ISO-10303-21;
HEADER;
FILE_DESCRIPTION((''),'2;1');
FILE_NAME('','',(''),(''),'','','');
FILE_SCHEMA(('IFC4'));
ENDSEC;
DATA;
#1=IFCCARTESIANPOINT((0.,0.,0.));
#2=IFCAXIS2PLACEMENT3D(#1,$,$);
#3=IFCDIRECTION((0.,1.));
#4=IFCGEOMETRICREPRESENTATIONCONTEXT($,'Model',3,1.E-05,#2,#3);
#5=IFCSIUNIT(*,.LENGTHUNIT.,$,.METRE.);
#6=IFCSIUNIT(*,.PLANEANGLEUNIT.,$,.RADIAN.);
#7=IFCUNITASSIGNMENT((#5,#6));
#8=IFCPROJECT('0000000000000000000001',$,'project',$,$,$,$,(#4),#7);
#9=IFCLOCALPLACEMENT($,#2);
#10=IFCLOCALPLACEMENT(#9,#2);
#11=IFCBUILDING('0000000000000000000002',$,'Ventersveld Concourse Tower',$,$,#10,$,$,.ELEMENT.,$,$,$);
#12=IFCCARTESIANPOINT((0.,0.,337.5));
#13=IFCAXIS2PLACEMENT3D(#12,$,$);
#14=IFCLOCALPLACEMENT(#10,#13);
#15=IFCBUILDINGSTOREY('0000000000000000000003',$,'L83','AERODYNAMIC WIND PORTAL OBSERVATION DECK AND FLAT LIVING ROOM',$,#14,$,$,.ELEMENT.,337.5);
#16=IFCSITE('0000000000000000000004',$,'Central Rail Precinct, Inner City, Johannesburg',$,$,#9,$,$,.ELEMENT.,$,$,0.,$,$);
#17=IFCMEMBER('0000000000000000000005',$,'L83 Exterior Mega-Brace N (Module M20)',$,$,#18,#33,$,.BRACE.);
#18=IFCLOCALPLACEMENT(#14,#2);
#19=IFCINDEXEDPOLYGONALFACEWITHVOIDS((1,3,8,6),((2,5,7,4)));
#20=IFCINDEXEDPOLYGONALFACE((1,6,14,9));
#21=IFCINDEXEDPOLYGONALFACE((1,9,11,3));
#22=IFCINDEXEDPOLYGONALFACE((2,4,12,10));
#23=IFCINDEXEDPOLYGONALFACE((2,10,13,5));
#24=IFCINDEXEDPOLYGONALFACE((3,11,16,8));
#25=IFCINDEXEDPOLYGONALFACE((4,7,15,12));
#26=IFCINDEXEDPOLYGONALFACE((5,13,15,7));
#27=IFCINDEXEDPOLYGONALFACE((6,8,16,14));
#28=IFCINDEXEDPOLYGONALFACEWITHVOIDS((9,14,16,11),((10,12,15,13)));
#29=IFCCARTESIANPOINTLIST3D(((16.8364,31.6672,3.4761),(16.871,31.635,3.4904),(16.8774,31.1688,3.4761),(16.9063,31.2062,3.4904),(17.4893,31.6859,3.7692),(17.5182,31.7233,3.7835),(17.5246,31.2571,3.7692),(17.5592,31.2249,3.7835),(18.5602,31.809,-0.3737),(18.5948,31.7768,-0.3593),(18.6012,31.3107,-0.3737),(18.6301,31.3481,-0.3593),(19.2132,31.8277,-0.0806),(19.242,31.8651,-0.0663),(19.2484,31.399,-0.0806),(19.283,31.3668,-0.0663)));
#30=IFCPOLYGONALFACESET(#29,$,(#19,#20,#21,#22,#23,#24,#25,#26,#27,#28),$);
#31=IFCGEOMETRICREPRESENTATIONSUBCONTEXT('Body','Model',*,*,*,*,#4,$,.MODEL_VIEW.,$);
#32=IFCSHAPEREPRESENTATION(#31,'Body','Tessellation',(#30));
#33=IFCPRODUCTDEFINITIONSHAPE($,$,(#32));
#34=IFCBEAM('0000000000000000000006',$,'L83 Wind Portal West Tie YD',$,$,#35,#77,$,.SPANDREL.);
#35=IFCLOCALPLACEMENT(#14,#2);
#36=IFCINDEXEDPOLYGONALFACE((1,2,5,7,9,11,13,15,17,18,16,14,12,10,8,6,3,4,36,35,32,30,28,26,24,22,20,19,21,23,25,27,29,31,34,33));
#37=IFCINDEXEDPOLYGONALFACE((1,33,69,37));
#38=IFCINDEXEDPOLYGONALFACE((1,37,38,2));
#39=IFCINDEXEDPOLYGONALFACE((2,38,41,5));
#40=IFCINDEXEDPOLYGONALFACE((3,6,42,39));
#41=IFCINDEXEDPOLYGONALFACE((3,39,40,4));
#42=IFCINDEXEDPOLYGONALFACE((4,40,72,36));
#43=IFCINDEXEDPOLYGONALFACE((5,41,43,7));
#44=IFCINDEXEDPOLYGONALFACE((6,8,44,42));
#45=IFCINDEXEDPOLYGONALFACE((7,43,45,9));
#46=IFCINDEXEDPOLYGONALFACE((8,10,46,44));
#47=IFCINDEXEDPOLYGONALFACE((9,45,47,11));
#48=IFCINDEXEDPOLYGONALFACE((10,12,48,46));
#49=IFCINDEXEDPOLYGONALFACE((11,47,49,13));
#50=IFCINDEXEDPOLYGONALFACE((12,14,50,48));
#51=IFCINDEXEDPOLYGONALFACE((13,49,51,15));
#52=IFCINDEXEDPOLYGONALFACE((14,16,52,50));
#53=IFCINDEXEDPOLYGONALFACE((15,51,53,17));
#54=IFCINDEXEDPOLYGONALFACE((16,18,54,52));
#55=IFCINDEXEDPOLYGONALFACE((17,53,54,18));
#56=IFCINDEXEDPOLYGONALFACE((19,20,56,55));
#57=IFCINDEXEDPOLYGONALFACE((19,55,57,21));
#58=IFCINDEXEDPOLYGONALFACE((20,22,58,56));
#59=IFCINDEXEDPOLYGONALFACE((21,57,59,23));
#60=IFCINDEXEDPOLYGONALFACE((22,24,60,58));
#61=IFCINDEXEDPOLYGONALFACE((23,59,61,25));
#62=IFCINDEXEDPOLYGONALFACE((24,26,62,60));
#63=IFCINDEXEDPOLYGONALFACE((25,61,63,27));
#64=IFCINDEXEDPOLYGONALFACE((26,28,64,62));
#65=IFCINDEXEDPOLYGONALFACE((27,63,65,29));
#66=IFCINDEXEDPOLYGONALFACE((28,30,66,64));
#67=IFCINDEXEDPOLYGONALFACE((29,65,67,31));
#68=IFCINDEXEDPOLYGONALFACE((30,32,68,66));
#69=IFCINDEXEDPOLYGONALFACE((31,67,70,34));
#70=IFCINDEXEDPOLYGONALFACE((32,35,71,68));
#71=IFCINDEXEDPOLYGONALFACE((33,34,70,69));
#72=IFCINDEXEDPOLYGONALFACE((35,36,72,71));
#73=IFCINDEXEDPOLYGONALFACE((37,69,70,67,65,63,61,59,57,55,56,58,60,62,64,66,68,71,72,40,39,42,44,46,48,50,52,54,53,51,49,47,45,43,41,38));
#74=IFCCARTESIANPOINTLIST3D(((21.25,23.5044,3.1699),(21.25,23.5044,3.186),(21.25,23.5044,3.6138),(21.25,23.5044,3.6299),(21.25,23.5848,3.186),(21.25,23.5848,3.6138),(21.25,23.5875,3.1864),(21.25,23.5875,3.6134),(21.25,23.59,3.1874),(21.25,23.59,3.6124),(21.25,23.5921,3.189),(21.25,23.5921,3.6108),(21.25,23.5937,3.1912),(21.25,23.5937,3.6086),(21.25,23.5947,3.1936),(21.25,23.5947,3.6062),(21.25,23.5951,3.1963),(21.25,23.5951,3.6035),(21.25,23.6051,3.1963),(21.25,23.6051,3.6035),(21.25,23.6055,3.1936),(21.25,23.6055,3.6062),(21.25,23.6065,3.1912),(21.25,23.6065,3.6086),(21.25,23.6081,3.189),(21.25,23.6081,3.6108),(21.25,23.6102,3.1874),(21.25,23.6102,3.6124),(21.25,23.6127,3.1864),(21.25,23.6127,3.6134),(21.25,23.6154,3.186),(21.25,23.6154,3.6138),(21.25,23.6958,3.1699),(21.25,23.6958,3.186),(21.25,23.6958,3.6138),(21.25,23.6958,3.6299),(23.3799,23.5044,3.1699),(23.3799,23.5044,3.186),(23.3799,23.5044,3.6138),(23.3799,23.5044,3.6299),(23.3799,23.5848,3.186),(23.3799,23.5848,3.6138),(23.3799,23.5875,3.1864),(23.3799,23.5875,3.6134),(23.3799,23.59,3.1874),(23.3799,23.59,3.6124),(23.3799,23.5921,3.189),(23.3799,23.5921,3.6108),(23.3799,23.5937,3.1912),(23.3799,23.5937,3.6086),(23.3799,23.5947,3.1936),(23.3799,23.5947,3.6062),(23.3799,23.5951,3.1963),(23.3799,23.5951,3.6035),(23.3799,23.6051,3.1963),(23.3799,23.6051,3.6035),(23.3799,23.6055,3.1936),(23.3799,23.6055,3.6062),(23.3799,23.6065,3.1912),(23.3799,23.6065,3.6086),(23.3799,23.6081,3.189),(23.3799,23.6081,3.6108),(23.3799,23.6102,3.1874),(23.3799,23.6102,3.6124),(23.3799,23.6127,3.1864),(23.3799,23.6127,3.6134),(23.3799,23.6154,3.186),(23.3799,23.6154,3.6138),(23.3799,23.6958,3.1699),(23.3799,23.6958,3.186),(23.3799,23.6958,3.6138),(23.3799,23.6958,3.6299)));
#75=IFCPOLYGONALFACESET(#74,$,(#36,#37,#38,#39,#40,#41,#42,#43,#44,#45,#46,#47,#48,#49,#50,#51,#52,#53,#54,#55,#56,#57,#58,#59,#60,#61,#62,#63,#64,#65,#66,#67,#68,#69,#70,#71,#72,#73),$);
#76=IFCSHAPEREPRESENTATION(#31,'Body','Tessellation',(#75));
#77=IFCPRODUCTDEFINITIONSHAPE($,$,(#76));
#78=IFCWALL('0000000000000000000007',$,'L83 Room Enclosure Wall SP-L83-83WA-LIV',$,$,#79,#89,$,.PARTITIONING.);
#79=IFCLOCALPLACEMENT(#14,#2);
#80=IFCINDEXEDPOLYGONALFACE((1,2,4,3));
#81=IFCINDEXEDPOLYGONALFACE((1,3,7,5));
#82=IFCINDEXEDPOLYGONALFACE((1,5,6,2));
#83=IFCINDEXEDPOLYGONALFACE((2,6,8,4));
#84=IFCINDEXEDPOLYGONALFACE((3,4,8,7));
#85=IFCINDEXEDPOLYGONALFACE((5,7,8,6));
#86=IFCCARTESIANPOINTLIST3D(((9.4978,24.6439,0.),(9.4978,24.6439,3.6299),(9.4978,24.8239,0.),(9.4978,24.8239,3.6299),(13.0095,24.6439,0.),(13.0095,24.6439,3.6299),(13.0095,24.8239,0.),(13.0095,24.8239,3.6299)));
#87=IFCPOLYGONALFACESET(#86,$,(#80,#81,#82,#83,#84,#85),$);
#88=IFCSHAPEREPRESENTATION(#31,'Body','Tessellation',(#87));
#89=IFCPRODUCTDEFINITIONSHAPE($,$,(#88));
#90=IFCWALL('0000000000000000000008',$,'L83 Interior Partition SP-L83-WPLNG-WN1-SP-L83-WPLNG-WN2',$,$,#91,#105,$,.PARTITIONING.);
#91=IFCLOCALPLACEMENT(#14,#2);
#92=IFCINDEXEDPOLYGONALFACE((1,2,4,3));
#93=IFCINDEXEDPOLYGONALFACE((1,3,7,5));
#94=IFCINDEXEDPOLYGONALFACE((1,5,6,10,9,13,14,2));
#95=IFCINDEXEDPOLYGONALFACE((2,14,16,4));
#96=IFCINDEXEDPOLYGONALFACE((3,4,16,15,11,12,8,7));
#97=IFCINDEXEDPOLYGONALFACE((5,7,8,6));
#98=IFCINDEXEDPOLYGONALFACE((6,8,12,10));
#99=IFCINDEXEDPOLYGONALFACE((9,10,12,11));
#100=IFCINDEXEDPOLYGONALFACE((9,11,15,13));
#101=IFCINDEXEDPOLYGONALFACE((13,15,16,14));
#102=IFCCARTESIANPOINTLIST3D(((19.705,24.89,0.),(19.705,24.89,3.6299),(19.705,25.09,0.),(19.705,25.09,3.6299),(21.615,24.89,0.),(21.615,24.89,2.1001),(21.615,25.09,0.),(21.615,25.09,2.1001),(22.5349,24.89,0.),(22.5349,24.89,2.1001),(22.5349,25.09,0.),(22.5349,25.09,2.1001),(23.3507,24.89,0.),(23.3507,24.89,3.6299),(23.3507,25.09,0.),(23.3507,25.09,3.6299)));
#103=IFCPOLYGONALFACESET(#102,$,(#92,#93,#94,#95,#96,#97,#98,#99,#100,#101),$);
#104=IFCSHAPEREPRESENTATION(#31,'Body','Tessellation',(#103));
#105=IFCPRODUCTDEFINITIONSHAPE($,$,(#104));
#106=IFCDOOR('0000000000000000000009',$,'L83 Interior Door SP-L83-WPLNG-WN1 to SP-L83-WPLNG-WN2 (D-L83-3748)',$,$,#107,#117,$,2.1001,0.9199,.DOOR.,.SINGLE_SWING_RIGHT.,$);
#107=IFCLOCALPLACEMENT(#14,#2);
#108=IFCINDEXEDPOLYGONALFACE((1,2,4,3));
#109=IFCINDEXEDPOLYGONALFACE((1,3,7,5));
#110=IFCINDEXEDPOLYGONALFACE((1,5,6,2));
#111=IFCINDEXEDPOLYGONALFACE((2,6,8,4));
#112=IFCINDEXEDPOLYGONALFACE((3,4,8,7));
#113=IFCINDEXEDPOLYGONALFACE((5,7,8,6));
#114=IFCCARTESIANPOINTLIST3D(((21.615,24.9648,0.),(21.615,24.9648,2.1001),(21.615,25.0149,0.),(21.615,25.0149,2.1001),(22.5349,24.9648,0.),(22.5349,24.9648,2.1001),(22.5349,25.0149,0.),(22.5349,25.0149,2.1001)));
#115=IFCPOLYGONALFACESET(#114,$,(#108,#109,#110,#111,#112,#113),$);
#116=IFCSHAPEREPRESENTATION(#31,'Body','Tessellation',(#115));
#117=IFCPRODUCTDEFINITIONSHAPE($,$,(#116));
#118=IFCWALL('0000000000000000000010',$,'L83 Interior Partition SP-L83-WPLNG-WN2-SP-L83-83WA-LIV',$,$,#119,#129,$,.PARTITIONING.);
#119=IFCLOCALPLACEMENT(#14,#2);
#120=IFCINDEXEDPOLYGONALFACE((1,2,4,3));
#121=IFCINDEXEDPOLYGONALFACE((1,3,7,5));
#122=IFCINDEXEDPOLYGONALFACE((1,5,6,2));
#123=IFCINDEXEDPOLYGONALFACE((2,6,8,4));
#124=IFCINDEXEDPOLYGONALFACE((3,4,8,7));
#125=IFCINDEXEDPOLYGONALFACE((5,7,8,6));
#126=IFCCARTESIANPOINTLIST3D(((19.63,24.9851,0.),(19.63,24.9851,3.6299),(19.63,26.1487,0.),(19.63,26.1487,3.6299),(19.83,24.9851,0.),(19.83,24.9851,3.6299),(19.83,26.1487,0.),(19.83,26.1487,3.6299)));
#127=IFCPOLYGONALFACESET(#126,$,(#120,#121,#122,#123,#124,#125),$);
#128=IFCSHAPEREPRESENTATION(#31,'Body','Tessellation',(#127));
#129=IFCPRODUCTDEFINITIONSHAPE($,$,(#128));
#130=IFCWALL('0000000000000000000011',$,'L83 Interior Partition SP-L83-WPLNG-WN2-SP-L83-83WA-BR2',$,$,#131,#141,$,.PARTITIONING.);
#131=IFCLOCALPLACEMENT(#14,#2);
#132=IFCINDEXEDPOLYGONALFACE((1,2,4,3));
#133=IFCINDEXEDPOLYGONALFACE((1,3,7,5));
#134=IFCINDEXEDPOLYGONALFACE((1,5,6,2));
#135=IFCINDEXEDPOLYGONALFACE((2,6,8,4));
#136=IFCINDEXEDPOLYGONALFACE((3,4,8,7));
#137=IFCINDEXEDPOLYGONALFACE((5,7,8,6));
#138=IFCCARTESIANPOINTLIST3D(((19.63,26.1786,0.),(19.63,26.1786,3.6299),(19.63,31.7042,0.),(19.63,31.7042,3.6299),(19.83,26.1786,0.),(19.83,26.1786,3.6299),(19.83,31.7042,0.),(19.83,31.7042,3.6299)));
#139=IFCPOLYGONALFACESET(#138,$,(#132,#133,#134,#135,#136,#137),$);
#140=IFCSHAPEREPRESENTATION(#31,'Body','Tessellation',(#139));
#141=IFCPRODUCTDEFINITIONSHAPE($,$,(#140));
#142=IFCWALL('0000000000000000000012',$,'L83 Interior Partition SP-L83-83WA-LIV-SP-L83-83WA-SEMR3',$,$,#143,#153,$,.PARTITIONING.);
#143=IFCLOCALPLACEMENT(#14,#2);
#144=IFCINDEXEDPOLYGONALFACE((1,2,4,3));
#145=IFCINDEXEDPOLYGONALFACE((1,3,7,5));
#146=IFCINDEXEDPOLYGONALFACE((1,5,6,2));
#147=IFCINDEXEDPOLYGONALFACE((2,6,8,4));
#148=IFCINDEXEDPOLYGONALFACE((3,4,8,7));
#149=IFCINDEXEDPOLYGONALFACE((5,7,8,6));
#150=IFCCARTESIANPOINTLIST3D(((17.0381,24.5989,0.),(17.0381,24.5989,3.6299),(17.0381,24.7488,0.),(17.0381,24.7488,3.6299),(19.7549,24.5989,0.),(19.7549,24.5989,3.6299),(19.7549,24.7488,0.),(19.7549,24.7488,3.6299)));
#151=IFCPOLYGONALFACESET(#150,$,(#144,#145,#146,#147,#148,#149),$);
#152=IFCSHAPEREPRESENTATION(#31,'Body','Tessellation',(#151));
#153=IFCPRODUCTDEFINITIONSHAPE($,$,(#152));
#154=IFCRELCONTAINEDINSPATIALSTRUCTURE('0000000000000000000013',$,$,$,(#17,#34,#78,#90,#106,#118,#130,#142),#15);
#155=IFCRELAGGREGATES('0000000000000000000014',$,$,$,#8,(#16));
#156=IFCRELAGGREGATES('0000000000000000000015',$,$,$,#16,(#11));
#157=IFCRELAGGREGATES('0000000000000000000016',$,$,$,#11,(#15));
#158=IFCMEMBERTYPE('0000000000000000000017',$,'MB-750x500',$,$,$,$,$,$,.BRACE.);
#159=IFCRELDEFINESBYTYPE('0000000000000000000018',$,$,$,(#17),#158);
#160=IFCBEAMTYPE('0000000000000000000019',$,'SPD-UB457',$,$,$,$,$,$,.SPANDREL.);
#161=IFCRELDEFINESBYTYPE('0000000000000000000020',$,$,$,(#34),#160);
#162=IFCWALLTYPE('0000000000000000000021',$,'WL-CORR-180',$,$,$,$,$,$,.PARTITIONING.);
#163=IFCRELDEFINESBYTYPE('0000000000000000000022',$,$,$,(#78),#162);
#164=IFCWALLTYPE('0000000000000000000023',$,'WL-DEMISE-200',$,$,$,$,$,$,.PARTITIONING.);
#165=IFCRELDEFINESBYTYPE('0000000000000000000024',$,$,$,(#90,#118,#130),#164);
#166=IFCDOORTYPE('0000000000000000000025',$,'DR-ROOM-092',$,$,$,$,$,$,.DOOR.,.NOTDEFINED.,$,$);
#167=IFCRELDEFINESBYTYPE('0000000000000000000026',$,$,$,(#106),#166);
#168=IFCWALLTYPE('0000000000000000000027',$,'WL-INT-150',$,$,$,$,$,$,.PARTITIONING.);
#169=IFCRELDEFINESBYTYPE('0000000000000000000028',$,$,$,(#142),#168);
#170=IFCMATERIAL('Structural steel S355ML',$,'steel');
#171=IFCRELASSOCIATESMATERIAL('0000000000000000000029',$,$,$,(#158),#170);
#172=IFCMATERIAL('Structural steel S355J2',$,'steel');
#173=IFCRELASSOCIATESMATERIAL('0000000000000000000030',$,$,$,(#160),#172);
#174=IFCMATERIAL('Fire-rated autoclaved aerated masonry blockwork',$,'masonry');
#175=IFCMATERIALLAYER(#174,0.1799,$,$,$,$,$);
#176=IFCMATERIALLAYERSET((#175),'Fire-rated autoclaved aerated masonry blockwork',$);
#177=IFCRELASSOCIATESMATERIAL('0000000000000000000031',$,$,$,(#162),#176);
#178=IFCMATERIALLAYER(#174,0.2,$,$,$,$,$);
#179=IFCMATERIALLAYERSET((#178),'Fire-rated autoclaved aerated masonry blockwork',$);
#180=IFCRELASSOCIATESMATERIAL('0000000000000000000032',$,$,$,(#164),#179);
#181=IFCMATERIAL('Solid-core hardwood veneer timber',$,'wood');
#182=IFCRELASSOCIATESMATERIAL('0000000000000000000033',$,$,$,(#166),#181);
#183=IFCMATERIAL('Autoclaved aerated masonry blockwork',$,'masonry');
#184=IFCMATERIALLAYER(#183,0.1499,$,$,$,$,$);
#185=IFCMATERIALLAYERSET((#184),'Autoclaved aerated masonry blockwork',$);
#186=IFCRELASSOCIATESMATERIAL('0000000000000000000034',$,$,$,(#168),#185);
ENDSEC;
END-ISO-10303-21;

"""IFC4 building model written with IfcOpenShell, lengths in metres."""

from ifc_helpers import new_model, si_unit, direction, frame, frame_2d, origin, origin_2d, place, context, subcontext, project, spatial, rectangle, hollow_rectangle, i_section, extrude, material, layer, layer_set, material_profile, profile_set, type_object, element, fill, save


model = new_model("IFC4")

# Units and contexts
model_context = context("Model", 3, precision=1e-05, world=origin(), true_north=direction((0.0, 1.0)))
body_context = subcontext(model_context, "Body", "Model", "MODEL_VIEW")
ifc_project = project(units=[si_unit("LENGTHUNIT", "METRE"), si_unit("PLANEANGLEUNIT", "RADIAN")], contexts=[model_context])

# Site, building, storey
site_placement = place(None, origin())
site = spatial("IfcSite", under=ifc_project, at=site_placement, Name="Central Rail Precinct, Inner City, Johannesburg", CompositionType="ELEMENT", RefElevation=0.0)
building_placement = place(site_placement, origin())
building = spatial("IfcBuilding", under=site, at=building_placement, Name="Ventersveld Concourse Tower", CompositionType="ELEMENT")
storey_placement = place(building_placement, frame((0.0, 0.0, 337.5)))
storey = spatial("IfcBuildingStorey", under=building, at=storey_placement, Name="L83", Description="AERODYNAMIC WIND PORTAL OBSERVATION DECK AND FLAT LIVING ROOM", CompositionType="ELEMENT", Elevation=337.5)

# Shared definitions
ifc_material_1 = material(Name="Structural steel S355J2", Category="steel")

# Member
ifc_material_2 = material(Name="Structural steel S355ML", Category="steel")
ifc_material_profile_1 = material_profile(ifc_material_2, hollow_rectangle(XDim=0.5, YDim=0.75, WallThickness=0.0349, at=origin_2d()), Name="BOX 750x500x35")
ifc_profile_set_1 = profile_set([ifc_material_profile_1], Name="Structural steel S355ML")
member_type = type_object("IfcMemberType", Name="MB-750x500", PredefinedType="BRACE", material=ifc_profile_set_1)
member_placement = place(storey_placement, frame((18.9216, 31.5879, -0.22), z_axis=(-0.408446, -0.033608, 0.912164), x_axis=(0.082006, -0.996632, 0.0)))
element("IfcMember", 1, at=member_placement, inside=storey, type_object=member_type, Name="L83 Exterior Mega-Brace N (Module M20)", PredefinedType="BRACE", context=body_context, shape_type="SweptSolid", body=[
    extrude(hollow_rectangle(XDim=0.5, YDim=0.75, WallThickness=0.0349, at=origin_2d()), origin(), (0.0, 0.0, 1.0), 4.2205),
])

# Beam
ifc_material_profile_2 = material_profile(ifc_material_1, i_section(OverallWidth=0.1914, OverallDepth=0.46, WebThickness=0.01, FlangeThickness=0.0161, FilletRadius=0.0103, at=origin_2d()), Name="UB 457x191x82")
ifc_profile_set_2 = profile_set([ifc_material_profile_2], Name="Structural steel S355J2")
beam_type_1 = type_object("IfcBeamType", Name="SPD-UB457", PredefinedType="SPANDREL", material=ifc_profile_set_2)
beam_1_placement = place(storey_placement, frame((21.25, 23.6001, 3.3999), z_axis=(1.0, 0.0, 0.0), x_axis=(0.0, 1.0, 0.0)))
element("IfcBeam", 2, at=beam_1_placement, inside=storey, type_object=beam_type_1, Name="L83 Wind Portal West Tie YD", PredefinedType="SPANDREL", context=body_context, shape_type="SweptSolid", body=[
    extrude(i_section(OverallWidth=0.1914, OverallDepth=0.46, WebThickness=0.01, FlangeThickness=0.0161, FilletRadius=0.0103, at=origin_2d()), origin(), (0.0, 0.0, 1.0), 2.1299),
])

# Wall
ifc_material_3 = material(Name="Fire-rated autoclaved aerated masonry blockwork", Category="masonry")
ifc_layer_1 = layer(ifc_material_3, 0.1799)
ifc_layer_set_1 = layer_set([ifc_layer_1], Name="Fire-rated autoclaved aerated masonry blockwork")
wall_type_1 = type_object("IfcWallType", Name="WL-CORR-180", PredefinedType="PARTITIONING", material=ifc_layer_set_1)
wall_1_placement = place(storey_placement, frame((13.0095, 24.7339, 0.0), z_axis=(0.0, 0.0, 1.0), x_axis=(-1.0, 0.0, 0.0)))
element("IfcWall", 3, at=wall_1_placement, inside=storey, type_object=wall_type_1, Name="L83 Room Enclosure Wall SP-L83-83WA-LIV", PredefinedType="PARTITIONING", context=body_context, shape_type="SweptSolid", body=[
    extrude(rectangle(XDim=3.5117, YDim=0.1799, at=frame_2d((1.7559, 0.0))), origin(), (0.0, 0.0, 1.0), 3.6299),
])

# Wall, opening, door
ifc_layer_2 = layer(ifc_material_3, 0.2)
ifc_layer_set_2 = layer_set([ifc_layer_2], Name="Fire-rated autoclaved aerated masonry blockwork")
wall_type_2 = type_object("IfcWallType", Name="WL-DEMISE-200", PredefinedType="PARTITIONING", material=ifc_layer_set_2)
wall_2_placement = place(storey_placement, frame((19.7051, 24.99, 0.0), z_axis=(0.0, 0.0, 1.0), x_axis=(1.0, 0.0, 0.0)))
wall_2 = element("IfcWall", 4, at=wall_2_placement, inside=storey, type_object=wall_type_2, Name="L83 Interior Partition SP-L83-WPLNG-WN1-SP-L83-WPLNG-WN2", PredefinedType="PARTITIONING", context=body_context, shape_type="SweptSolid", body=[
    extrude(rectangle(XDim=3.6458, YDim=0.2, at=frame_2d((1.8228, 0.0))), origin(), (0.0, 0.0, 1.0), 3.6299),
])
opening_1_placement = place(wall_2_placement, frame((1.9099, 0.0, 0.0)))
opening_1 = element("IfcOpeningElement", 5, at=opening_1_placement, cuts=wall_2, PredefinedType="OPENING", context=body_context, shape_type="SweptSolid", body=[
    extrude(rectangle(XDim=0.9199, YDim=2.1001, at=frame_2d((0.46, 1.05))), frame((0.0, 0.1099, 0.0), z_axis=(0.0, -1.0, 0.0), x_axis=(1.0, 0.0, 0.0)), (0.0, 0.0, 1.0), 0.22),
])
ifc_material_4 = material(Name="Solid-core hardwood veneer timber", Category="wood")
door_type = type_object("IfcDoorType", Name="DR-ROOM-092", OperationType="NOTDEFINED", PredefinedType="DOOR", material=ifc_material_4)
door_1_placement = place(opening_1_placement, origin())
door_1 = element("IfcDoor", 6, at=door_1_placement, inside=storey, type_object=door_type, Name="L83 Interior Door SP-L83-WPLNG-WN1 to SP-L83-WPLNG-WN2 (D-L83-3748)", OperationType="SINGLE_SWING_RIGHT", OverallHeight=2.1001, OverallWidth=0.9199, PredefinedType="DOOR", context=body_context, shape_type="SweptSolid", body=[
    extrude(rectangle(XDim=0.9199, YDim=2.1001, at=frame_2d((0.46, 1.05))), frame((0.0, 0.0249, 0.0), z_axis=(0.0, -1.0, 0.0), x_axis=(1.0, 0.0, 0.0)), (0.0, 0.0, 1.0), 0.05),
])
fill(opening_1, door_1)

# Walls
wall_3_placement = place(storey_placement, frame((19.73, 24.9851, 0.0), z_axis=(0.0, 0.0, 1.0), x_axis=(0.0, 1.0, 0.0)))
element("IfcWall", 7, at=wall_3_placement, inside=storey, type_object=wall_type_2, Name="L83 Interior Partition SP-L83-WPLNG-WN2-SP-L83-83WA-LIV", PredefinedType="PARTITIONING", context=body_context, shape_type="SweptSolid", body=[
    extrude(rectangle(XDim=1.1636, YDim=0.2, at=frame_2d((0.5818, 0.0))), origin(), (0.0, 0.0, 1.0), 3.6299),
])
wall_4_placement = place(storey_placement, frame((19.73, 26.1787, 0.0), z_axis=(0.0, 0.0, 1.0), x_axis=(0.0, 1.0, 0.0)))
element("IfcWall", 8, at=wall_4_placement, inside=storey, type_object=wall_type_2, Name="L83 Interior Partition SP-L83-WPLNG-WN2-SP-L83-83WA-BR2", PredefinedType="PARTITIONING", context=body_context, shape_type="SweptSolid", body=[
    extrude(rectangle(XDim=5.5256, YDim=0.2, at=frame_2d((2.7627, 0.0))), origin(), (0.0, 0.0, 1.0), 3.6299),
])
ifc_material_5 = material(Name="Autoclaved aerated masonry blockwork", Category="masonry")
ifc_layer_3 = layer(ifc_material_5, 0.1499)
ifc_layer_set_3 = layer_set([ifc_layer_3], Name="Autoclaved aerated masonry blockwork")
wall_type_3 = type_object("IfcWallType", Name="WL-INT-150", PredefinedType="PARTITIONING", material=ifc_layer_set_3)
wall_5_placement = place(storey_placement, frame((17.0381, 24.6738, 0.0), z_axis=(0.0, 0.0, 1.0), x_axis=(1.0, 0.0, 0.0)))
element("IfcWall", 9, at=wall_5_placement, inside=storey, type_object=wall_type_3, Name="L83 Interior Partition SP-L83-83WA-LIV-SP-L83-83WA-SEMR3", PredefinedType="PARTITIONING", context=body_context, shape_type="SweptSolid", body=[
    extrude(rectangle(XDim=2.7168, YDim=0.1499, at=frame_2d((1.3584, 0.0))), origin(), (0.0, 0.0, 1.0), 3.6299),
])

save(model, "model.ifc")
